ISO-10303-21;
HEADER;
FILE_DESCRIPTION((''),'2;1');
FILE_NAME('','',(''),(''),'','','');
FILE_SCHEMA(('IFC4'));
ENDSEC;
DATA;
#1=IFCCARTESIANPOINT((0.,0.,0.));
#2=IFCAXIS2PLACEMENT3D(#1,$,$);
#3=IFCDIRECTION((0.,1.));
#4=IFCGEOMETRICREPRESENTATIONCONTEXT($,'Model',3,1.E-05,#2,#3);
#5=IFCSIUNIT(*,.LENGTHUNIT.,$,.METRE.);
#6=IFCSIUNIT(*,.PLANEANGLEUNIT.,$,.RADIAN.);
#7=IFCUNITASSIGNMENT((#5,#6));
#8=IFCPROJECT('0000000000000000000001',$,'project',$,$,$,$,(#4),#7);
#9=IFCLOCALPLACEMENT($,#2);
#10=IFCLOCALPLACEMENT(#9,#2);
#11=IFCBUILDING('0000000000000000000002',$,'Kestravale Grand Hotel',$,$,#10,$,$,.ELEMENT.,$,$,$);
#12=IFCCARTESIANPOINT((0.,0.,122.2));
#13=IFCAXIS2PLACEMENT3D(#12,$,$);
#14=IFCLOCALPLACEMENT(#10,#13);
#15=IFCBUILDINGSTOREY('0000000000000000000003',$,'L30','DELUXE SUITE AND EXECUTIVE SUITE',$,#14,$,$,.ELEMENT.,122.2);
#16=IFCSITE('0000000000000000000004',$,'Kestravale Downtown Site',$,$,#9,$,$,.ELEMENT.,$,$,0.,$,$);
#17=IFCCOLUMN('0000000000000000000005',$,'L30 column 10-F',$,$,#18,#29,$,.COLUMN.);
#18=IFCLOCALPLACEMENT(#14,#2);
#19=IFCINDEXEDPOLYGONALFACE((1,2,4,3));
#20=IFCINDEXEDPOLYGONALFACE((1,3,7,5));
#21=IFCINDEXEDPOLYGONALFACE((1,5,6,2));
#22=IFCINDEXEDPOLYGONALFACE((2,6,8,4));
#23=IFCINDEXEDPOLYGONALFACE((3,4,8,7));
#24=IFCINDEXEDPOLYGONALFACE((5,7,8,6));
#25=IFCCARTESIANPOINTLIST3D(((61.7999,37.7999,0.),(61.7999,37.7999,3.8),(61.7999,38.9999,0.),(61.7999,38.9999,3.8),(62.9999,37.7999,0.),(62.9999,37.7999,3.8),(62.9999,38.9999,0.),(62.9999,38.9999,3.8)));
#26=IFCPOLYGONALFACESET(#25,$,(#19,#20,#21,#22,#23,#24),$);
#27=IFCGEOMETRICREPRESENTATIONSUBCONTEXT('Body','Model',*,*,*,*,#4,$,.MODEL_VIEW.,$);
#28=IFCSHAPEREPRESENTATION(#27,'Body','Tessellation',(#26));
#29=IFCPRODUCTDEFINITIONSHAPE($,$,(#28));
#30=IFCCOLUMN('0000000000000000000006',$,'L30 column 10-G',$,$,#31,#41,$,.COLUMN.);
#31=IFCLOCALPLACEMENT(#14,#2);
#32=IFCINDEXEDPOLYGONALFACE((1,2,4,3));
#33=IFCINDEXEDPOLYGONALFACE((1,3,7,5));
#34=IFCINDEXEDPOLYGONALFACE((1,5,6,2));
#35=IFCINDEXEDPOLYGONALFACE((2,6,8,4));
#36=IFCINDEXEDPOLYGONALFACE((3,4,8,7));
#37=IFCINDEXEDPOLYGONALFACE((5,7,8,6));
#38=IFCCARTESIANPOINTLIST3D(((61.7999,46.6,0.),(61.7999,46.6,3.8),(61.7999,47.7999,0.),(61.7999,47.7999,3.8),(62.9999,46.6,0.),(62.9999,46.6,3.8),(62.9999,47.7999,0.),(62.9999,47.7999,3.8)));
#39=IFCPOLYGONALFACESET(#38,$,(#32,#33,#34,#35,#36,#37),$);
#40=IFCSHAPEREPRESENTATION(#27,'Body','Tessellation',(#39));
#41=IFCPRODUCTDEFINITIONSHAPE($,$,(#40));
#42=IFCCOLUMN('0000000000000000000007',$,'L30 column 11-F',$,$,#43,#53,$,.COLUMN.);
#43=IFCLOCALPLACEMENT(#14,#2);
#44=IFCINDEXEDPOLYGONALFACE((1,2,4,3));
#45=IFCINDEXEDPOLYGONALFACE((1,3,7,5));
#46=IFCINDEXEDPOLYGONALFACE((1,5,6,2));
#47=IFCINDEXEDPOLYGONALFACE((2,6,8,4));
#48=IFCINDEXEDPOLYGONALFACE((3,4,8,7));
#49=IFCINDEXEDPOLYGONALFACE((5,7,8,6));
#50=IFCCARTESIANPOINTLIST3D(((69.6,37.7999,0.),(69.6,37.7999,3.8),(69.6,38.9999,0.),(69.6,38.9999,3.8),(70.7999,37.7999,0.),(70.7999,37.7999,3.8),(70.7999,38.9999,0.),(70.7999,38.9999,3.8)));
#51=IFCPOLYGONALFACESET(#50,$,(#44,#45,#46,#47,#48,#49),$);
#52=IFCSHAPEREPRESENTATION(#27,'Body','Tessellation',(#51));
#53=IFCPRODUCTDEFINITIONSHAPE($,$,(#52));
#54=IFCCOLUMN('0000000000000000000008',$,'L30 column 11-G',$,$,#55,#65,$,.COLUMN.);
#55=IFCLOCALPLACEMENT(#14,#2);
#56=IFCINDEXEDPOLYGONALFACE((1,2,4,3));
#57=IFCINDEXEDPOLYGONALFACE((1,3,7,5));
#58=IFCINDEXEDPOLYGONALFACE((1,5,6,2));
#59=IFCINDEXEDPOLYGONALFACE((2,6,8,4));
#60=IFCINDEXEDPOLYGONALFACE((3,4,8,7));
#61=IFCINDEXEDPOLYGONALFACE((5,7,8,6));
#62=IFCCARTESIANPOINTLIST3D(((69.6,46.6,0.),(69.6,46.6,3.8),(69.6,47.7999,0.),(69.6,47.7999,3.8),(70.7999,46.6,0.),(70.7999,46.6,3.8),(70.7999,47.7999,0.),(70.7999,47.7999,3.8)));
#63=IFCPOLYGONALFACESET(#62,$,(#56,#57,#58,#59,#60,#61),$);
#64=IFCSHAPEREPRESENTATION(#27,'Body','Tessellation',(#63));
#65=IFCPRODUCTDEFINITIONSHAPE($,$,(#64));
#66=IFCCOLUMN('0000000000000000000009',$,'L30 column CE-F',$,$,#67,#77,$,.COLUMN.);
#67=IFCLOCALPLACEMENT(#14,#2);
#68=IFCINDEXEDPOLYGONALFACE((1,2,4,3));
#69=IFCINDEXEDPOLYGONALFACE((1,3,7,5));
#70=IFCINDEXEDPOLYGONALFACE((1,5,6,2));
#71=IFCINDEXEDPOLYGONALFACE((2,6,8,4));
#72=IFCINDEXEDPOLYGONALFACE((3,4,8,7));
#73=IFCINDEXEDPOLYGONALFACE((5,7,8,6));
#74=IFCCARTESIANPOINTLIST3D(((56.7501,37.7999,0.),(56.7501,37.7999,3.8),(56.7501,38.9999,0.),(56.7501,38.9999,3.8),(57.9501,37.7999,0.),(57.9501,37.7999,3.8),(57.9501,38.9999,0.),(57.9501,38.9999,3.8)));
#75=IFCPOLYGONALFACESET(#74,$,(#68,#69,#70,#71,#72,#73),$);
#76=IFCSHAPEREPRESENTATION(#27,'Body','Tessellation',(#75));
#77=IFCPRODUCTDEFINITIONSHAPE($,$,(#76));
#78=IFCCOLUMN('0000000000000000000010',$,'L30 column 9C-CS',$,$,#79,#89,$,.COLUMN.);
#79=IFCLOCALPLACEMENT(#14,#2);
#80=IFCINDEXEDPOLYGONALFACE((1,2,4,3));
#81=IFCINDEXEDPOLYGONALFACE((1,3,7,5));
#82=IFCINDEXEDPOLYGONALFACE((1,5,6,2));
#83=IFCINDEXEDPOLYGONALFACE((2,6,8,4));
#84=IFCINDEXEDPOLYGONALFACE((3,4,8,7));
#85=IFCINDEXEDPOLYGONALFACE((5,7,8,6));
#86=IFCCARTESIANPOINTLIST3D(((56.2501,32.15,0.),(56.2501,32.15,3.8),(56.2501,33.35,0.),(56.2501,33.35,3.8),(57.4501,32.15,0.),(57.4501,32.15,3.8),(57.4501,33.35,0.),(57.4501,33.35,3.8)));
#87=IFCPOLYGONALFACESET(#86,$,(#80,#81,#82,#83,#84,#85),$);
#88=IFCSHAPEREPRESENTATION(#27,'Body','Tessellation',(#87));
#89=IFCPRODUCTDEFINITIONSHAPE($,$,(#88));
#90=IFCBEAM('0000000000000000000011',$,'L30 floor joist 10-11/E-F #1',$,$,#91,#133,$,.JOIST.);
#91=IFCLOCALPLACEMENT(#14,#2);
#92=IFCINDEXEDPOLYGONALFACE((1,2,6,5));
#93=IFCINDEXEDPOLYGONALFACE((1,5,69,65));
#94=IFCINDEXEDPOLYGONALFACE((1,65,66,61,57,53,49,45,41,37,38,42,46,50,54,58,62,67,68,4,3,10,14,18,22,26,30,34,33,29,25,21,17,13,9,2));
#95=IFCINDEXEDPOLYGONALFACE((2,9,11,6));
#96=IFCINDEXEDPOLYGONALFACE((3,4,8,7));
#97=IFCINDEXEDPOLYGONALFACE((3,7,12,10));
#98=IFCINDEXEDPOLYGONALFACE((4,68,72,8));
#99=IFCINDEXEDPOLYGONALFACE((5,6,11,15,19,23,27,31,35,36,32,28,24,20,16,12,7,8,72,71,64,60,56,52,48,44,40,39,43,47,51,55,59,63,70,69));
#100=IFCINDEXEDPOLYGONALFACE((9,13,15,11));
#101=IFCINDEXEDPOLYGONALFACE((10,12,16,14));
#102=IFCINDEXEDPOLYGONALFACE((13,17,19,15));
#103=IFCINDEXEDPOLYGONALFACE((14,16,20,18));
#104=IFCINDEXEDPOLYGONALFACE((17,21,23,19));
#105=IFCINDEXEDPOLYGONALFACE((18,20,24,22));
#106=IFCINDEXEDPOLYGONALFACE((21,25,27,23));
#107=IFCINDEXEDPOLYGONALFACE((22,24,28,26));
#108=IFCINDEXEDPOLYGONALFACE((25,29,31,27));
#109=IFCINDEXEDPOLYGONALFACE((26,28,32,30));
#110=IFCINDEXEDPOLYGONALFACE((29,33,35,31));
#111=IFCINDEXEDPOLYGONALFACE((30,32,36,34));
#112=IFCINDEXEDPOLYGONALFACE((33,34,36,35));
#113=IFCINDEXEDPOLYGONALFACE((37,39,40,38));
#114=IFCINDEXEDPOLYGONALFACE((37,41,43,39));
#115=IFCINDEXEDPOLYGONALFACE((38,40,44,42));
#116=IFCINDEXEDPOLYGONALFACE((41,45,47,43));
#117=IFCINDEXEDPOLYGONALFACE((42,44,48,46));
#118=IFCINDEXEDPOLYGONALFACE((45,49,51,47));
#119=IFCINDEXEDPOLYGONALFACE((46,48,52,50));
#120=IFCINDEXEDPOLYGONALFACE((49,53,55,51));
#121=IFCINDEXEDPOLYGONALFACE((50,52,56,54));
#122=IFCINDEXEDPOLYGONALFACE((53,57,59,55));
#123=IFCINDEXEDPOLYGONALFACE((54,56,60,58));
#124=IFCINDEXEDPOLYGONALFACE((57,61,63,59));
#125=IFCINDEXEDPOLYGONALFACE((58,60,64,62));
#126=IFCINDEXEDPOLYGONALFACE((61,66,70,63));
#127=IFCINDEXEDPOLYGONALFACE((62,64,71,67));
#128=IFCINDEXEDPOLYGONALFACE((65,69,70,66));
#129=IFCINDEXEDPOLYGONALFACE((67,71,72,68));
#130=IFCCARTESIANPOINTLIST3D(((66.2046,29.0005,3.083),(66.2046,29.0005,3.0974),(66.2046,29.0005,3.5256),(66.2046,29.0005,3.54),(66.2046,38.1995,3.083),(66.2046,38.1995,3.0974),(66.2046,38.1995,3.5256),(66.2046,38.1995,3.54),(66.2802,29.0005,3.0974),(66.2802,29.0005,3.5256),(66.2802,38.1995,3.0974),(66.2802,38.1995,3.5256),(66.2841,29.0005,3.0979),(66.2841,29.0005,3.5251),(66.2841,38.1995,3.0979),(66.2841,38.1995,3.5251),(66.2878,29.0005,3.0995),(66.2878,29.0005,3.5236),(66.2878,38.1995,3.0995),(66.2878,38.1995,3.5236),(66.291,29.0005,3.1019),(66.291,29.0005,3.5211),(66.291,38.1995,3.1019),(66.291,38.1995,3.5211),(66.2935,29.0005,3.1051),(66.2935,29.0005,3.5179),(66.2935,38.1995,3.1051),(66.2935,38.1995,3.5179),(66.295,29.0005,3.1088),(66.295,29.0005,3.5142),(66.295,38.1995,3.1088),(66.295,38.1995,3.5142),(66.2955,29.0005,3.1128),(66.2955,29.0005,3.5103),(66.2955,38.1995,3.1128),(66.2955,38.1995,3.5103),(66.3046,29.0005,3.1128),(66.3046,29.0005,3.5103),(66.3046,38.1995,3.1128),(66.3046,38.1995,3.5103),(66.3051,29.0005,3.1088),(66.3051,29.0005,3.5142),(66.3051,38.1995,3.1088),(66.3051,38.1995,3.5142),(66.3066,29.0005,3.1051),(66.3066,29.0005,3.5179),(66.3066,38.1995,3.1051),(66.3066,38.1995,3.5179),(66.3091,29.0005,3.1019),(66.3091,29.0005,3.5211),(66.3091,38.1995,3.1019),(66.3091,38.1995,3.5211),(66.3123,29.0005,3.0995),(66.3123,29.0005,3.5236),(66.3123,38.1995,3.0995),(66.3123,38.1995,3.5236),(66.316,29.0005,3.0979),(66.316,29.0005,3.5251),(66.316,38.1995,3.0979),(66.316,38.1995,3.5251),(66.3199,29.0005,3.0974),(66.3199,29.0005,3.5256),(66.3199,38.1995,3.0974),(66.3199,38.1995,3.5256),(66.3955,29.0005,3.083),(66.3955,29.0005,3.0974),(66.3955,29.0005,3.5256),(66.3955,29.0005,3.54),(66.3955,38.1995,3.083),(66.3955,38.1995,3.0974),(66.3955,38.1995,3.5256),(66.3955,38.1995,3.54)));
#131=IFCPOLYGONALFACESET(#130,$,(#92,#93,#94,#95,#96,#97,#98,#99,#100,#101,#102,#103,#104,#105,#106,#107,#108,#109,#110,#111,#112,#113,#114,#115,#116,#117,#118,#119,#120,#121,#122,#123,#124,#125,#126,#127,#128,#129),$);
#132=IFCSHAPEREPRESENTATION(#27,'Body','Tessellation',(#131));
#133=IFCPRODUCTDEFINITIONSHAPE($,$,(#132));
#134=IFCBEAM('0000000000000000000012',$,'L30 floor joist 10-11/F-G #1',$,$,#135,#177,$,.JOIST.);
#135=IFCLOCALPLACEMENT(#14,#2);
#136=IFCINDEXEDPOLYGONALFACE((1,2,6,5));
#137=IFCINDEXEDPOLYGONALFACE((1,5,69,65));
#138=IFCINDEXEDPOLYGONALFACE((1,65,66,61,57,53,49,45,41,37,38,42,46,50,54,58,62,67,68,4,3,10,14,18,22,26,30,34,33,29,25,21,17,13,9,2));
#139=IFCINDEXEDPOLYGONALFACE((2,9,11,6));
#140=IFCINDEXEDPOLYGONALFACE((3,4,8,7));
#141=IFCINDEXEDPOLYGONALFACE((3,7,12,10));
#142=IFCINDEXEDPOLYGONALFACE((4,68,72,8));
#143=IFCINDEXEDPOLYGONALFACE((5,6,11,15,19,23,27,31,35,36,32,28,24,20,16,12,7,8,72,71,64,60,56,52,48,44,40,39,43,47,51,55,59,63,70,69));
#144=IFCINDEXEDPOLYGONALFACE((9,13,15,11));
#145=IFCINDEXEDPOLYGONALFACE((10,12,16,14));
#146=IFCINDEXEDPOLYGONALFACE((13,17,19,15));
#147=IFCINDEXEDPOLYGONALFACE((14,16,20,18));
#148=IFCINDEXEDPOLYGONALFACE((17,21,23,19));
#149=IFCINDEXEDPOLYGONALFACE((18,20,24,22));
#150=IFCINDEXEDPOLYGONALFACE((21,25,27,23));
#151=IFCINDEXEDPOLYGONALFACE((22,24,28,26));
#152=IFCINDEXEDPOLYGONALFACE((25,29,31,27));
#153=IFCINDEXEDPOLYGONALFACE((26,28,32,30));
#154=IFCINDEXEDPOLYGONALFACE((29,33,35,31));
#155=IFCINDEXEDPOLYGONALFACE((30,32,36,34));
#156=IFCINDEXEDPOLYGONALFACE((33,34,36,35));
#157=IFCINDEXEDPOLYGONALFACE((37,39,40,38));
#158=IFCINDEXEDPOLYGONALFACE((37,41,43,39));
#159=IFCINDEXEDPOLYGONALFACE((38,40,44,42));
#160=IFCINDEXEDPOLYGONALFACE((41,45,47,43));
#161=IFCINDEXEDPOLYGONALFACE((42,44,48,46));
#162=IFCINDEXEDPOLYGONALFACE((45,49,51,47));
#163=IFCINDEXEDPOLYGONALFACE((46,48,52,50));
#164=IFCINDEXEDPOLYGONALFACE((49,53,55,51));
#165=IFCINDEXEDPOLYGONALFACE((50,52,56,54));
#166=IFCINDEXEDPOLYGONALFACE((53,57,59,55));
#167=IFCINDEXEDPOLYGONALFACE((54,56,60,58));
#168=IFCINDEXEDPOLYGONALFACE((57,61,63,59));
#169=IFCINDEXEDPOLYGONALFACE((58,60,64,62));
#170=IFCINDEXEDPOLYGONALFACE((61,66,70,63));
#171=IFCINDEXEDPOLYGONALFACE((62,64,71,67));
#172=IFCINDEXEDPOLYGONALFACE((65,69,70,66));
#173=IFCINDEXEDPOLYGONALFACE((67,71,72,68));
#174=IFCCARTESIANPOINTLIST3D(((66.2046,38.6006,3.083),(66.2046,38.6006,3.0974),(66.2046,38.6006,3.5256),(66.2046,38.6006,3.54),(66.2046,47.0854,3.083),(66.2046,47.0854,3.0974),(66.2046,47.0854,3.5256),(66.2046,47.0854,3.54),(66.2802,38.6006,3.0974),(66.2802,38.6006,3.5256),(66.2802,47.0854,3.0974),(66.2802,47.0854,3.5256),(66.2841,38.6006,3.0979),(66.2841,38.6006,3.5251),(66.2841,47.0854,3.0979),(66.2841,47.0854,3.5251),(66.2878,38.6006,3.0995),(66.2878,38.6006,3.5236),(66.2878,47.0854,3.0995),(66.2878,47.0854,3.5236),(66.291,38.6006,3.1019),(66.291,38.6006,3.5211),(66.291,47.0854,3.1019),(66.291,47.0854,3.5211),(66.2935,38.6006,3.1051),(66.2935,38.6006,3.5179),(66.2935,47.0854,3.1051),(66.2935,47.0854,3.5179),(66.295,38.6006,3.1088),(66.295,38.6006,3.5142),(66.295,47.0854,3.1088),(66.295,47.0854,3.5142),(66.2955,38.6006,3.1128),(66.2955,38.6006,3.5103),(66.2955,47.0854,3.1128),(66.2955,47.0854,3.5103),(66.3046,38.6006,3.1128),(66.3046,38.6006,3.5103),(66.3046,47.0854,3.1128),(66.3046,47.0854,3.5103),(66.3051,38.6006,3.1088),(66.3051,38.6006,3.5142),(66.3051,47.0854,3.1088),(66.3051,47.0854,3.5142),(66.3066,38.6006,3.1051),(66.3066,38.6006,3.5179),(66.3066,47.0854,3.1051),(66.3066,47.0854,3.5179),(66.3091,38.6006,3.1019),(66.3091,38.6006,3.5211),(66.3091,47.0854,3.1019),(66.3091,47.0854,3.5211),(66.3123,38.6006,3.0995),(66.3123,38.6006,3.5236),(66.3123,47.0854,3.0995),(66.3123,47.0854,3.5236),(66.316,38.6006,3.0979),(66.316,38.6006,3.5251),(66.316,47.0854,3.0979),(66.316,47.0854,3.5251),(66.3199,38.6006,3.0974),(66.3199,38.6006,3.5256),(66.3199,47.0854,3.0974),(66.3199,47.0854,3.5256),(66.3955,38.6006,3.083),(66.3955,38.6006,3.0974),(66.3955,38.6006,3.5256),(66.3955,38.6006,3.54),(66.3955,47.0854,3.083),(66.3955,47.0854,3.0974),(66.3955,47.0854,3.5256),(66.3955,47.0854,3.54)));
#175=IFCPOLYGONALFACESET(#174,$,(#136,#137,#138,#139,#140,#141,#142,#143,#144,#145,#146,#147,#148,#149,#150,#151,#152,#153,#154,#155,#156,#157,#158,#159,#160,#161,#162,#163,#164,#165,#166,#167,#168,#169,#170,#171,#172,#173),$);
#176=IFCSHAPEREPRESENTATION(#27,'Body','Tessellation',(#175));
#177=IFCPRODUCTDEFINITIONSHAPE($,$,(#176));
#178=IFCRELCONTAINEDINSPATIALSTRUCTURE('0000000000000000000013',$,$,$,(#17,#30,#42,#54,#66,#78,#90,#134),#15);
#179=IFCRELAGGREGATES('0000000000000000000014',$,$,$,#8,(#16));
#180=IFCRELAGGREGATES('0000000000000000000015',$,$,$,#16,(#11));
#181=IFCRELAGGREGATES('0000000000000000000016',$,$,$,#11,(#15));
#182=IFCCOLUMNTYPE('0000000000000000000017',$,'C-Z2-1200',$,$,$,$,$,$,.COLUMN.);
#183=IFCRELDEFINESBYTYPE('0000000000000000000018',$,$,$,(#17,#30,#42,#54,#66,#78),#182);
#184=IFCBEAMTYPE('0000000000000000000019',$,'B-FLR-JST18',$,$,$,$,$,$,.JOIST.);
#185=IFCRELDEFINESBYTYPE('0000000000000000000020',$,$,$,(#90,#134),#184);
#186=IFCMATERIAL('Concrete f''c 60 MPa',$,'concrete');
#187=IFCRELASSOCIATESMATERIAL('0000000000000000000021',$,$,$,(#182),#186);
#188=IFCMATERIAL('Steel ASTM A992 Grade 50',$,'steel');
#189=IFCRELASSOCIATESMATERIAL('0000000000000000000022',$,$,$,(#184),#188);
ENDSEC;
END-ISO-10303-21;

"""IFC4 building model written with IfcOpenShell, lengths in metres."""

from ifc_helpers import new_model, si_unit, direction, frame, origin, origin_2d, place, context, subcontext, project, spatial, rectangle, i_section, extrude, material, material_profile, profile_set, type_object, element, save


model = new_model("IFC4")

# Units and contexts
model_context = context("Model", 3, precision=1e-05, world=origin(), true_north=direction((0.0, 1.0)))
body_context = subcontext(model_context, "Body", "Model", "MODEL_VIEW")
ifc_project = project(units=[si_unit("LENGTHUNIT", "METRE"), si_unit("PLANEANGLEUNIT", "RADIAN")], contexts=[model_context])

# Site, building, storey
site_placement = place(None, origin())
site = spatial("IfcSite", under=ifc_project, at=site_placement, Name="Kestravale Downtown Site", CompositionType="ELEMENT", RefElevation=0.0)
building_placement = place(site_placement, origin())
building = spatial("IfcBuilding", under=site, at=building_placement, Name="Kestravale Grand Hotel", CompositionType="ELEMENT")
storey_placement = place(building_placement, frame((0.0, 0.0, 122.2)))
storey = spatial("IfcBuildingStorey", under=building, at=storey_placement, Name="L30", Description="DELUXE SUITE AND EXECUTIVE SUITE", CompositionType="ELEMENT", Elevation=122.2)

# Columns
ifc_material_1 = material(Name="Concrete f'c 60 MPa", Category="concrete")
ifc_material_profile_1 = material_profile(ifc_material_1, rectangle(XDim=1.2, YDim=1.2, at=origin_2d()))
ifc_profile_set_1 = profile_set([ifc_material_profile_1], Name="Concrete f'c 60 MPa")
column_type = type_object("IfcColumnType", Name="C-Z2-1200", PredefinedType="COLUMN", material=ifc_profile_set_1)
for number, where, z_axis, x_axis, name in (
    (1, (62.3999, 38.3999, 0.0), (0.0, 0.0, 1.0), (1.0, 0.0, 0.0), "L30 column 10-F"),
    (2, (62.3999, 47.2, 0.0), (0.0, 0.0, 1.0), (1.0, 0.0, 0.0), "L30 column 10-G"),
    (3, (70.2, 38.3999, 0.0), (0.0, 0.0, 1.0), (1.0, 0.0, 0.0), "L30 column 11-F"),
    (4, (70.2, 47.2, 0.0), (0.0, 0.0, 1.0), (1.0, 0.0, 0.0), "L30 column 11-G"),
    (5, (57.3501, 38.3999, 0.0), (0.0, 0.0, 1.0), (1.0, 0.0, 0.0), "L30 column CE-F"),
    (6, (56.8501, 32.75, 0.0), (0.0, 0.0, 1.0), (1.0, 0.0, 0.0), "L30 column 9C-CS"),
):
    element("IfcColumn", number, at=place(storey_placement, frame(where, z_axis=z_axis, x_axis=x_axis)), inside=storey, type_object=column_type, Name=name, PredefinedType="COLUMN", context=body_context, shape_type="SweptSolid", body=[
        extrude(rectangle(XDim=1.2, YDim=1.2, at=origin_2d()), origin(), (0.0, 0.0, 1.0), 3.8),
    ])

# Beams
ifc_material_2 = material(Name="Steel ASTM A992 Grade 50", Category="steel")
ifc_material_profile_2 = material_profile(ifc_material_2, i_section(OverallWidth=0.1909, OverallDepth=0.457, WebThickness=0.009, FlangeThickness=0.0144, FilletRadius=0.0154, at=origin_2d()))
ifc_profile_set_2 = profile_set([ifc_material_profile_2], Name="Steel ASTM A992 Grade 50")
beam_type_1 = type_object("IfcBeamType", Name="B-FLR-JST18", PredefinedType="JOIST", material=ifc_profile_set_2)
beam_1_placement = place(storey_placement, frame((66.3, 29.0005, 3.3115), z_axis=(0.0, 1.0, 0.0), x_axis=(-1.0, 0.0, 0.0)))
element("IfcBeam", 7, at=beam_1_placement, inside=storey, type_object=beam_type_1, Name="L30 floor joist 10-11/E-F #1", PredefinedType="JOIST", context=body_context, shape_type="SweptSolid", body=[
    extrude(i_section(OverallWidth=0.1909, OverallDepth=0.457, WebThickness=0.009, FlangeThickness=0.0144, FilletRadius=0.0154, at=origin_2d()), origin(), (0.0, 0.0, 1.0), 9.199),
])
beam_2_placement = place(storey_placement, frame((66.3, 38.6006, 3.3115), z_axis=(0.0, 1.0, 0.0), x_axis=(-1.0, 0.0, 0.0)))
element("IfcBeam", 8, at=beam_2_placement, inside=storey, type_object=beam_type_1, Name="L30 floor joist 10-11/F-G #1", PredefinedType="JOIST", context=body_context, shape_type="SweptSolid", body=[
    extrude(i_section(OverallWidth=0.1909, OverallDepth=0.457, WebThickness=0.009, FlangeThickness=0.0144, FilletRadius=0.0154, at=origin_2d()), origin(), (0.0, 0.0, 1.0), 8.4849),
])

save(model, "model.ifc")
